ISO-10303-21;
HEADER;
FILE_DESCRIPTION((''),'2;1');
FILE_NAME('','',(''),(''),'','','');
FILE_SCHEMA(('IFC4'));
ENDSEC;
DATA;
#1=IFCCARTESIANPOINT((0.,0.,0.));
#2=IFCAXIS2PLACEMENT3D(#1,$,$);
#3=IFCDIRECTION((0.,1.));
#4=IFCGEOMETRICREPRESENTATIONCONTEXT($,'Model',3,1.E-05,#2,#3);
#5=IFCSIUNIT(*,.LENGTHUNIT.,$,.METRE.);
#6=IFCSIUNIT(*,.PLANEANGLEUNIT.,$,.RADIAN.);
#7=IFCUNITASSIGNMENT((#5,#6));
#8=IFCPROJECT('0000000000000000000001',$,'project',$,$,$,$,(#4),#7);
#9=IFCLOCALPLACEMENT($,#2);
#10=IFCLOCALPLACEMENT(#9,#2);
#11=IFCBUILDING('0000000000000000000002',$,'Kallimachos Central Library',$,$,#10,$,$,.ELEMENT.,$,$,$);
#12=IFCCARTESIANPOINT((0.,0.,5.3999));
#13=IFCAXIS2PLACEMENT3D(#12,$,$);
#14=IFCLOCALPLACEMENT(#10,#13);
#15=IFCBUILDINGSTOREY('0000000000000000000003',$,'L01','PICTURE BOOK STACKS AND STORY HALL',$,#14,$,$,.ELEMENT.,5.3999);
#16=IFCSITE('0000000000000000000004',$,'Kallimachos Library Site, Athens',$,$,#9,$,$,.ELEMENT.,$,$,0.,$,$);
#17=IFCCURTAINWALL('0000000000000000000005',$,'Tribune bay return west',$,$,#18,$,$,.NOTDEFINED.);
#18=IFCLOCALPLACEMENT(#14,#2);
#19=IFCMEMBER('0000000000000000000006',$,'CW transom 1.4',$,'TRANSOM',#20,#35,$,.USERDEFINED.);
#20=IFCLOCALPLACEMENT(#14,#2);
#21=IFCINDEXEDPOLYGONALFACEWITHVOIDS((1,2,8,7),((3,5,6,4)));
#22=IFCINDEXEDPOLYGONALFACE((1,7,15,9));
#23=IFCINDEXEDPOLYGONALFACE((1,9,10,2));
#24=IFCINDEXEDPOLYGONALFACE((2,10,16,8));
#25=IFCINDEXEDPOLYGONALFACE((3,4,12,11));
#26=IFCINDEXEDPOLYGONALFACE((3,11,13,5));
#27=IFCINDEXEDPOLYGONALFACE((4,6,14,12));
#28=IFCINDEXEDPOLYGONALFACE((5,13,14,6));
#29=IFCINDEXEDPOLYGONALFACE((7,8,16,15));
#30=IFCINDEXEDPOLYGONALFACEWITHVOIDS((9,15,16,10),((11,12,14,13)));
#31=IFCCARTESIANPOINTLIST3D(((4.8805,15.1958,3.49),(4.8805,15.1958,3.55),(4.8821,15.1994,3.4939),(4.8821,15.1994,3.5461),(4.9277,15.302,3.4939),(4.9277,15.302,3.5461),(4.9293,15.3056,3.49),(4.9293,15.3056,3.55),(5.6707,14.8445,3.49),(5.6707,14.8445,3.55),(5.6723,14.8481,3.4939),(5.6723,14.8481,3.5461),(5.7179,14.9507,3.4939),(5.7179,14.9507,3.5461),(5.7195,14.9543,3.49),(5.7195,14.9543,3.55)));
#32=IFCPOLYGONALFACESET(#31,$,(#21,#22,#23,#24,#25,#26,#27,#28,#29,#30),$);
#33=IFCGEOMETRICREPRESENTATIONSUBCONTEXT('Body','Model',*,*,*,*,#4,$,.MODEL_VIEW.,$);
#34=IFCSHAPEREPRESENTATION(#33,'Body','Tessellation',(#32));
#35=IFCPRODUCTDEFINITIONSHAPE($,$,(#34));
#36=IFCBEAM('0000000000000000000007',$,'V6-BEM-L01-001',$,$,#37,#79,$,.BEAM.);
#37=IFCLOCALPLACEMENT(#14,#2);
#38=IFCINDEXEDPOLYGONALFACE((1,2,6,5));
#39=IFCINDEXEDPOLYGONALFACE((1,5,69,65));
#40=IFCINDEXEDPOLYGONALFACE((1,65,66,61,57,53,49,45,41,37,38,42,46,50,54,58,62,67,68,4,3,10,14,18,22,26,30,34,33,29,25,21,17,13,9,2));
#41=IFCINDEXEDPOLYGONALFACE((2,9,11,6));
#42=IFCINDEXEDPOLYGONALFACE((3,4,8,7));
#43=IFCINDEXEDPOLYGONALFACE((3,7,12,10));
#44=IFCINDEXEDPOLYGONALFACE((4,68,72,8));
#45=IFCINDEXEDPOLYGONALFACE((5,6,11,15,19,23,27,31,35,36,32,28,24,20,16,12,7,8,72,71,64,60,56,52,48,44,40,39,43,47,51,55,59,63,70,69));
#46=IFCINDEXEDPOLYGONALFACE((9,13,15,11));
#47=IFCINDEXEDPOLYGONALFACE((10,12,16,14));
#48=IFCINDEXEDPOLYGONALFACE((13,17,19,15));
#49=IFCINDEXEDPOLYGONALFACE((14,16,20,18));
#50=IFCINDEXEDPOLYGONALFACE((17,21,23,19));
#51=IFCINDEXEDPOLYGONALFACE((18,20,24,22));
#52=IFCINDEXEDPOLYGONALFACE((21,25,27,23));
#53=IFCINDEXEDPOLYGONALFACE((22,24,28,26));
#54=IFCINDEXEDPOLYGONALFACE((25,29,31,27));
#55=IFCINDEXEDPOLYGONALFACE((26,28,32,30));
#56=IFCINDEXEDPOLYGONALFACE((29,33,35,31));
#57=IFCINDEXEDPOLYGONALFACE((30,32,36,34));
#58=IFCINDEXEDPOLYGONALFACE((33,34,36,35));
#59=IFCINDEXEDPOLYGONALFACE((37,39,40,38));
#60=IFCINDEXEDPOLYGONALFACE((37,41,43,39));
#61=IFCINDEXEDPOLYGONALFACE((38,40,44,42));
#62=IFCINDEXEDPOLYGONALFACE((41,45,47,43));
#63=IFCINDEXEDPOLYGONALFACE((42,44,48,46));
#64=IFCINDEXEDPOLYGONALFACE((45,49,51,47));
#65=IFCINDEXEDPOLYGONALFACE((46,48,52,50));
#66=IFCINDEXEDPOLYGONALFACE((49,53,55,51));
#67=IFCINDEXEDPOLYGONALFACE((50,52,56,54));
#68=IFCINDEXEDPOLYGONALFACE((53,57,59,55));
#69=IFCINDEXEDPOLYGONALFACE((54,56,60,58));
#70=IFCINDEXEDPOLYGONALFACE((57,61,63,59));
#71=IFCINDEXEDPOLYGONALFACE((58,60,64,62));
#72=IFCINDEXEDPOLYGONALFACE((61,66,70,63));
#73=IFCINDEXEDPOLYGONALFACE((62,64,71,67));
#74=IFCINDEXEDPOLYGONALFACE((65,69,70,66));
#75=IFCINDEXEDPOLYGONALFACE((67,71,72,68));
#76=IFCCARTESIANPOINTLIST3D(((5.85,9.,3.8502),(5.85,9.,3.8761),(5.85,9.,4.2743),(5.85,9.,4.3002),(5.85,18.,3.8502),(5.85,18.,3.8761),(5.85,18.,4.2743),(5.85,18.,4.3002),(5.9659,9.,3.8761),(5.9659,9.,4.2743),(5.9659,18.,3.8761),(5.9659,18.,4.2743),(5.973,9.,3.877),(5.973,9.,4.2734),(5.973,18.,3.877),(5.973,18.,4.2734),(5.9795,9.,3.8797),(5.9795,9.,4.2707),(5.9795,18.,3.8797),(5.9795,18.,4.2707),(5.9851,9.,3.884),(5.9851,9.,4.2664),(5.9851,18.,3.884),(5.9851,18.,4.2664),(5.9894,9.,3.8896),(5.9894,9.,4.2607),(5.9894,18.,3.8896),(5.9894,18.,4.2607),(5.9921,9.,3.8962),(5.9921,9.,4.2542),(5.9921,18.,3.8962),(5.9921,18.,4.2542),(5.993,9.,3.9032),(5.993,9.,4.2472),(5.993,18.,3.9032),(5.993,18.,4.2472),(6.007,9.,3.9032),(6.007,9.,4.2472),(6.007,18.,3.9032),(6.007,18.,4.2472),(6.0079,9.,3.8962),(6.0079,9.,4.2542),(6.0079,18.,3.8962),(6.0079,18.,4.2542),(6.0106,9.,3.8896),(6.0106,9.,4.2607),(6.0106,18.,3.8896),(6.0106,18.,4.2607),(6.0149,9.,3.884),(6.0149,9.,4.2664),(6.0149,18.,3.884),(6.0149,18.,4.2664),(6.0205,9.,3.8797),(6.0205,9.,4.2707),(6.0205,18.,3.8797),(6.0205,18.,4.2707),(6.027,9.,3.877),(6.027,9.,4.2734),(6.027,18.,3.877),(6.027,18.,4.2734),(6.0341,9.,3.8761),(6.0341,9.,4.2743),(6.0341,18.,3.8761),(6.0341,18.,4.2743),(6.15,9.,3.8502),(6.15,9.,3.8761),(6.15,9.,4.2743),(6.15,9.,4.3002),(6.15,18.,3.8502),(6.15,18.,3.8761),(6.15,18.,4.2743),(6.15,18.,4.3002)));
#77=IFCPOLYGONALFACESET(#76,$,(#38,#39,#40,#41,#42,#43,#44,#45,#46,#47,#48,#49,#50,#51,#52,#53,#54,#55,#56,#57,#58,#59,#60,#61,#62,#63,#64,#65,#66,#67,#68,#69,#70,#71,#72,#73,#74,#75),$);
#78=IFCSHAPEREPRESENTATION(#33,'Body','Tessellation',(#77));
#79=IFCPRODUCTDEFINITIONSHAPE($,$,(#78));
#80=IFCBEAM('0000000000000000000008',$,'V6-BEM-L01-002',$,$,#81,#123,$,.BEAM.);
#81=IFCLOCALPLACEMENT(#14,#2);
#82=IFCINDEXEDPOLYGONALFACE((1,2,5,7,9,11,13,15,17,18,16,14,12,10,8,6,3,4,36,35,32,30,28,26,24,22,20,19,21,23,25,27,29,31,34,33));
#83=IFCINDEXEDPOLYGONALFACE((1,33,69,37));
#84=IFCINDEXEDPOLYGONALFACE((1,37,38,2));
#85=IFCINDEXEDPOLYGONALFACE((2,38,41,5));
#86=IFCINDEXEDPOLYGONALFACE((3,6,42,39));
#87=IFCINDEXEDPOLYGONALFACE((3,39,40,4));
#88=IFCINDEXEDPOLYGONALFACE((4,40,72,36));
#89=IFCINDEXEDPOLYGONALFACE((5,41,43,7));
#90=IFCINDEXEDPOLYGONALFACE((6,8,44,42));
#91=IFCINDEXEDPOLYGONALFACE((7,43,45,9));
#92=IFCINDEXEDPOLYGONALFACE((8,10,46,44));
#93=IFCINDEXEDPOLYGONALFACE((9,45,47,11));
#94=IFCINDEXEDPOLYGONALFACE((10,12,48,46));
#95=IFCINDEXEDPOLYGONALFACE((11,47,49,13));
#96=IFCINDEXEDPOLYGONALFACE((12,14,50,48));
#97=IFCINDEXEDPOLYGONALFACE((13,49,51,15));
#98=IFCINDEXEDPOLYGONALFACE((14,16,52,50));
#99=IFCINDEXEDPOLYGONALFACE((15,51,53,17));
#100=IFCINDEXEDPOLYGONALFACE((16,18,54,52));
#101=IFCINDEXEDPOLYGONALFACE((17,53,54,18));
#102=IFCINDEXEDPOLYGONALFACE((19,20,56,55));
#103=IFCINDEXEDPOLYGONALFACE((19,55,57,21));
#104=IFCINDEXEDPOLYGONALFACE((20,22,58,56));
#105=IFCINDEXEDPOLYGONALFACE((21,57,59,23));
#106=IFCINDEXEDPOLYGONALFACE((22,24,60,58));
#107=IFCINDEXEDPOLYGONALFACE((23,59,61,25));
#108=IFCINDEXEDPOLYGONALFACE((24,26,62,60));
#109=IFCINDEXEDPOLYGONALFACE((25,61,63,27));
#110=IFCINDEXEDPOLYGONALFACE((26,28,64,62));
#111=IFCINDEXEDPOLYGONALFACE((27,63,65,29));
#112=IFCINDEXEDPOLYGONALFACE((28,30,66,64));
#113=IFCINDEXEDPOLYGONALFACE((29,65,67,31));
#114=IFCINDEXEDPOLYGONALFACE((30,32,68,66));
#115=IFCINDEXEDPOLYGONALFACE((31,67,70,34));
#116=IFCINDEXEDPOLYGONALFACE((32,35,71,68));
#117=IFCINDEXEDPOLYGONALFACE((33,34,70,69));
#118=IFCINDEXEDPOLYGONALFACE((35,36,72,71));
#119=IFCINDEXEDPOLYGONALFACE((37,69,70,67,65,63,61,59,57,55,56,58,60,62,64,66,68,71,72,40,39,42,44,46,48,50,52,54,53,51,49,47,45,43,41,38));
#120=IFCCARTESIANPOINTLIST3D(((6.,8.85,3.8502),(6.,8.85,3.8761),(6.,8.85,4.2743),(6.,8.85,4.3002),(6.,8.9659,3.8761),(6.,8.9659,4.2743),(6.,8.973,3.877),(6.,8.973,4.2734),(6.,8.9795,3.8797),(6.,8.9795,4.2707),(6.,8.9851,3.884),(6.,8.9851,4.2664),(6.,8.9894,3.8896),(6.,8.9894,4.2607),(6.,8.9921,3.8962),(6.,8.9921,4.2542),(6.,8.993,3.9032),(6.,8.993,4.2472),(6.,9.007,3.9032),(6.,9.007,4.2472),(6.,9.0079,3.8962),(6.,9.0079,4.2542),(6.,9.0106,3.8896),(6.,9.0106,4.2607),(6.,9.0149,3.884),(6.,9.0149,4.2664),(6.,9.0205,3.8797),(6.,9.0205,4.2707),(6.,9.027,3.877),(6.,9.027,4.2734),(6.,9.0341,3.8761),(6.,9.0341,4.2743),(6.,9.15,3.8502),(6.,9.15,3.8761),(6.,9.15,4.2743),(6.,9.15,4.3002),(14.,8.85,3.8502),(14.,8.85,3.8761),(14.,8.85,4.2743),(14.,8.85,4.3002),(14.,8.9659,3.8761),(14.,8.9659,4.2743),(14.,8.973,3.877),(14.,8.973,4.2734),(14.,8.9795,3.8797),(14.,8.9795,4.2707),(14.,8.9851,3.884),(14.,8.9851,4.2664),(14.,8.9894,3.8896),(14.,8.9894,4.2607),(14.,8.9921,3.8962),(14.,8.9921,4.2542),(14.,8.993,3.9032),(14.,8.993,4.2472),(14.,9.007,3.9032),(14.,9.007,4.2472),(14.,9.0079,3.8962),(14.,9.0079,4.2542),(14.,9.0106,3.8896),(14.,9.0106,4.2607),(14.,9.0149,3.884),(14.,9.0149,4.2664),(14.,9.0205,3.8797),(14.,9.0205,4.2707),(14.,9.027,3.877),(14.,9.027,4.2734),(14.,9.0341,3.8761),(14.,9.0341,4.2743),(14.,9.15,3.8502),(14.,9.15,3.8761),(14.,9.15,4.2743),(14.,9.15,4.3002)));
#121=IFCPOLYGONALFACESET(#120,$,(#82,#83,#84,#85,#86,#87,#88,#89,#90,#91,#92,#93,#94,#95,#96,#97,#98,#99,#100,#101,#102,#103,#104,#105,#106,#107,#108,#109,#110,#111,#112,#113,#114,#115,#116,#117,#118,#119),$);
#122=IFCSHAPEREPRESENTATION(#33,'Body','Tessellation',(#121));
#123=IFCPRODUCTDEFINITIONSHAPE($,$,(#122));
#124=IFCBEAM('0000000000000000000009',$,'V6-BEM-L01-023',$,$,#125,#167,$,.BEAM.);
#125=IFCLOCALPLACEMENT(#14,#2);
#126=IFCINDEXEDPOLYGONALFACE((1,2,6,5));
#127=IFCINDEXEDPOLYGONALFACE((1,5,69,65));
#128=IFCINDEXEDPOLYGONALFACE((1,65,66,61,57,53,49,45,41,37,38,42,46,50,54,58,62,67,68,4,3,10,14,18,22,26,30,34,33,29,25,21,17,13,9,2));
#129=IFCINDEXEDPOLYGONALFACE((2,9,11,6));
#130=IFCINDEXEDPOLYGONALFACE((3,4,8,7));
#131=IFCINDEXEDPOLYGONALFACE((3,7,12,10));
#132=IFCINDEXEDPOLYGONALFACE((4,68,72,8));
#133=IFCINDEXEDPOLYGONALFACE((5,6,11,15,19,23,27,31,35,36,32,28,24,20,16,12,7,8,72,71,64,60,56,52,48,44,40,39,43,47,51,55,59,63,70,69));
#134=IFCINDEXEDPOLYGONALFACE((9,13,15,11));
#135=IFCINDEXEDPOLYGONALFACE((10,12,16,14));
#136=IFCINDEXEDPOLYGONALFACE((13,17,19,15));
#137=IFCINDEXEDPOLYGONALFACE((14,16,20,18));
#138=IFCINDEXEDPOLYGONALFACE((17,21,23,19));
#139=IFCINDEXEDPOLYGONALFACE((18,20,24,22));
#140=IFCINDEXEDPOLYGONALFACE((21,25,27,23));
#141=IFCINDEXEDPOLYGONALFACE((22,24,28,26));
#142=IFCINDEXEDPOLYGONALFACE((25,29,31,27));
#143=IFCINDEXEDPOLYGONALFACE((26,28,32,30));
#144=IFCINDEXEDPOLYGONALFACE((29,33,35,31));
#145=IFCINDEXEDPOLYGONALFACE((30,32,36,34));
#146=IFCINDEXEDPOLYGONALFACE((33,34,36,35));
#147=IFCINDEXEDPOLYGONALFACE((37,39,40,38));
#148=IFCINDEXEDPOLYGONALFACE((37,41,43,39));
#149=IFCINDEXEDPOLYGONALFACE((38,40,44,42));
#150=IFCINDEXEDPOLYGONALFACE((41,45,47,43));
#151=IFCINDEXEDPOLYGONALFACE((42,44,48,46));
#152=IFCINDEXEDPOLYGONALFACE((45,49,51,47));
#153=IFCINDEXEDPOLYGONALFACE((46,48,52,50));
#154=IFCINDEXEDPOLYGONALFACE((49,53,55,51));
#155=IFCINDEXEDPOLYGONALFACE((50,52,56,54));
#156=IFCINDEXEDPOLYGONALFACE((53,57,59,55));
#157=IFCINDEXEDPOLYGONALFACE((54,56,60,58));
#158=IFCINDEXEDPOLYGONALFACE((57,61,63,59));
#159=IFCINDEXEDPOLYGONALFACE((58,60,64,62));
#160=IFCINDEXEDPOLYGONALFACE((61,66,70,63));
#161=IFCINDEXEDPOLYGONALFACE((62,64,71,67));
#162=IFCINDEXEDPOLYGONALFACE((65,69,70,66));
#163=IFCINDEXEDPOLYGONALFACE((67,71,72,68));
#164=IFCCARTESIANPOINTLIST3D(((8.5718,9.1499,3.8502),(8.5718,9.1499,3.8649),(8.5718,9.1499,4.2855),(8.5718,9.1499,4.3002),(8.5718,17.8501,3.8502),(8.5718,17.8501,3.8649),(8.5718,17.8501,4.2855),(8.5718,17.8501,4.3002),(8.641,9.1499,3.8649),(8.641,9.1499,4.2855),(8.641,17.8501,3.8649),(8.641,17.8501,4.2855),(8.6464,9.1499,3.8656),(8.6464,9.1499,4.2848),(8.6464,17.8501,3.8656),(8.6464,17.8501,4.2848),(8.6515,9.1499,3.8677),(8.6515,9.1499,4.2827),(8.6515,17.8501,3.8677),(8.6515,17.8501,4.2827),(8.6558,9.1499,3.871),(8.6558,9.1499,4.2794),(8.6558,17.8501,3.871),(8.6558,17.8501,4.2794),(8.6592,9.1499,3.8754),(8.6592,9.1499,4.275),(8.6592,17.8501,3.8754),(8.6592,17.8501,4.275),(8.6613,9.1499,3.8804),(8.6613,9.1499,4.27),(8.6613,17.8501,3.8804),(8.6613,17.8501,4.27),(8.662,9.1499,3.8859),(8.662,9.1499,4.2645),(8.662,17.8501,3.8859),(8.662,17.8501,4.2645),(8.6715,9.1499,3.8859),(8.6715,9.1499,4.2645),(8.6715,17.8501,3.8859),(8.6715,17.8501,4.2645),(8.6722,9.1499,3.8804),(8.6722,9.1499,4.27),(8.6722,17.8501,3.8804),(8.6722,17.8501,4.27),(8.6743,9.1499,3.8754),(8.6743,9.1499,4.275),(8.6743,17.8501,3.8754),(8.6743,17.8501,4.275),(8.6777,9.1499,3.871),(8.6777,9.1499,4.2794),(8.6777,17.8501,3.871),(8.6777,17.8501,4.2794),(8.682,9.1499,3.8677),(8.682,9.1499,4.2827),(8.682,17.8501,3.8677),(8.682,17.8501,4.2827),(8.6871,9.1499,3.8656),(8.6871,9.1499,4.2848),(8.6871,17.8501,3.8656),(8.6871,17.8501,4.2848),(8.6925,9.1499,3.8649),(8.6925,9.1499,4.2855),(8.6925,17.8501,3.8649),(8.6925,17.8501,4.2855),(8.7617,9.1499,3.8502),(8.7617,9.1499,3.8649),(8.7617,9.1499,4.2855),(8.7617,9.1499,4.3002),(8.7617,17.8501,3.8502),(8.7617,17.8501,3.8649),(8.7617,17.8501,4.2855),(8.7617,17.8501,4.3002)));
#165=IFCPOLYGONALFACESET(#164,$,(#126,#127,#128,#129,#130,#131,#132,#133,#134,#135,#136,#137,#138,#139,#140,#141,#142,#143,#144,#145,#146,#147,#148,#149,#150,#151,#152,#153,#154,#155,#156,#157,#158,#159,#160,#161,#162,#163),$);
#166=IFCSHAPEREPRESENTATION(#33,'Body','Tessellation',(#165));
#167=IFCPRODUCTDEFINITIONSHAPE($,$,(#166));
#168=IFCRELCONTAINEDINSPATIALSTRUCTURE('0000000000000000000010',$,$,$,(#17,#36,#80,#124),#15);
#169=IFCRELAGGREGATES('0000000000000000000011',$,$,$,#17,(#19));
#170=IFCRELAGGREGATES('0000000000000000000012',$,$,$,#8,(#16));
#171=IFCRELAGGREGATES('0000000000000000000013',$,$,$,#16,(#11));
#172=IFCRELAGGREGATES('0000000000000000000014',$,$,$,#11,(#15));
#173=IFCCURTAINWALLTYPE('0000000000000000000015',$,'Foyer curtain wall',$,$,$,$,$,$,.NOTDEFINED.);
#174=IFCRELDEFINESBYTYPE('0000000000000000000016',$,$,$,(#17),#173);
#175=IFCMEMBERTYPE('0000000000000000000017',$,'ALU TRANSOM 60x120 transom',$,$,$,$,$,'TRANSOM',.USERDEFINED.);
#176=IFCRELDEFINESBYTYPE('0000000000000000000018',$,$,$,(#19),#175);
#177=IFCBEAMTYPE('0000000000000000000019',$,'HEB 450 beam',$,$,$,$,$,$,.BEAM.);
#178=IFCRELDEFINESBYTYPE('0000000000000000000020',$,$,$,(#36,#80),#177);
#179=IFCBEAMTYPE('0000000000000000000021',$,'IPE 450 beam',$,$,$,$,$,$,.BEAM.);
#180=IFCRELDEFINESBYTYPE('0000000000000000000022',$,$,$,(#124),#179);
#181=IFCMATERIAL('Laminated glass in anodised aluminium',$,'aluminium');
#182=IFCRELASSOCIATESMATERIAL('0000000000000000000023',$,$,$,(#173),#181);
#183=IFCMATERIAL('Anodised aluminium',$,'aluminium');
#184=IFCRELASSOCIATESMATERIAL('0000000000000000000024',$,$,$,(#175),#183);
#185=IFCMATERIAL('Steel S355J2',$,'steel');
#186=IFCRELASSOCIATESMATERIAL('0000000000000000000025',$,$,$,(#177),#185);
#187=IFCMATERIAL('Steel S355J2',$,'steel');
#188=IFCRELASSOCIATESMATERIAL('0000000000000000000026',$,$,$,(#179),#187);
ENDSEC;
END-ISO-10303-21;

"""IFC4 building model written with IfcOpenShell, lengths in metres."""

from ifc_helpers import new_model, si_unit, direction, frame, origin, origin_2d, place, context, subcontext, project, spatial, hollow_rectangle, i_section, extrude, material, material_profile, profile_set, type_object, element, aggregate, save


model = new_model("IFC4")

# Units and contexts
model_context = context("Model", 3, precision=1e-05, world=origin(), true_north=direction((0.0, 1.0)))
body_context = subcontext(model_context, "Body", "Model", "MODEL_VIEW")
ifc_project = project(units=[si_unit("LENGTHUNIT", "METRE"), si_unit("PLANEANGLEUNIT", "RADIAN")], contexts=[model_context])

# Site, building, storey
site_placement = place(None, origin())
site = spatial("IfcSite", under=ifc_project, at=site_placement, Name="Kallimachos Library Site, Athens", CompositionType="ELEMENT", RefElevation=0.0)
building_placement = place(site_placement, origin())
building = spatial("IfcBuilding", under=site, at=building_placement, Name="Kallimachos Central Library", CompositionType="ELEMENT")
storey_placement = place(building_placement, frame((0.0, 0.0, 5.3999)))
storey = spatial("IfcBuildingStorey", under=building, at=storey_placement, Name="L01", Description="PICTURE BOOK STACKS AND STORY HALL", CompositionType="ELEMENT", Elevation=5.3999)

# Shared definitions
ifc_material_1 = material(Name="Laminated glass in anodised aluminium", Category="aluminium")
curtain_wall_type = type_object("IfcCurtainWallType", Name="Foyer curtain wall", PredefinedType="NOTDEFINED", material=ifc_material_1)

# Curtain wall
curtain_wall_1_placement = place(storey_placement, origin())
curtain_wall_1 = element("IfcCurtainWall", 1, at=curtain_wall_1_placement, inside=storey, type_object=curtain_wall_type, Name="Tribune bay return west", PredefinedType="NOTDEFINED")

# Member
ifc_material_2 = material(Name="Anodised aluminium", Category="aluminium")
ifc_material_profile_1 = material_profile(ifc_material_2, hollow_rectangle(XDim=0.0601, YDim=0.1201, WallThickness=0.0039, at=origin_2d()), Name="ALU TRANSOM 60x120")
ifc_profile_set_1 = profile_set([ifc_material_profile_1], Name="Anodised aluminium")
member_type_1 = type_object("IfcMemberType", Name="ALU TRANSOM 60x120 transom", ElementType="TRANSOM", PredefinedType="USERDEFINED", material=ifc_profile_set_1)
member_1_placement = place(storey_placement, frame((5.6951, 14.8994, 3.52), z_axis=(-0.913777, 0.406217, 0.0), x_axis=(0.0, 0.0, 1.0)))
member_1 = element("IfcMember", 2, at=member_1_placement, type_object=member_type_1, Name="CW transom 1.4", ObjectType="TRANSOM", PredefinedType="USERDEFINED", context=body_context, shape_type="SweptSolid", body=[
    extrude(hollow_rectangle(XDim=0.0601, YDim=0.1201, WallThickness=0.0039, at=origin_2d()), origin(), (0.0, 0.0, 1.0), 0.8647),
])

# Beams
ifc_material_3 = material(Name="Steel S355J2", Category="steel")
ifc_material_profile_2 = material_profile(ifc_material_3, i_section(OverallWidth=0.3, OverallDepth=0.45, WebThickness=0.0139, FlangeThickness=0.0259, FilletRadius=0.0271, at=origin_2d()), Name="HEB 450")
ifc_profile_set_2 = profile_set([ifc_material_profile_2], Name="Steel S355J2")
beam_type_1 = type_object("IfcBeamType", Name="HEB 450 beam", PredefinedType="BEAM", material=ifc_profile_set_2)
beam_1_placement = place(storey_placement, frame((6.0, 9.0, 4.0752), z_axis=(0.0, 1.0, 0.0), x_axis=(-1.0, 0.0, 0.0)))
element("IfcBeam", 3, at=beam_1_placement, inside=storey, type_object=beam_type_1, Name="V6-BEM-L01-001", PredefinedType="BEAM", context=body_context, shape_type="SweptSolid", body=[
    extrude(i_section(OverallWidth=0.3, OverallDepth=0.45, WebThickness=0.0139, FlangeThickness=0.0259, FilletRadius=0.0271, at=origin_2d()), origin(), (0.0, 0.0, 1.0), 9.0),
])
beam_2_placement = place(storey_placement, frame((6.0, 9.0, 4.0752), z_axis=(1.0, 0.0, 0.0), x_axis=(0.0, 1.0, 0.0)))
element("IfcBeam", 4, at=beam_2_placement, inside=storey, type_object=beam_type_1, Name="V6-BEM-L01-002", PredefinedType="BEAM", context=body_context, shape_type="SweptSolid", body=[
    extrude(i_section(OverallWidth=0.3, OverallDepth=0.45, WebThickness=0.0139, FlangeThickness=0.0259, FilletRadius=0.0271, at=origin_2d()), origin(), (0.0, 0.0, 1.0), 8.0),
])
ifc_material_4 = material(Name="Steel S355J2", Category="steel")
ifc_material_profile_3 = material_profile(ifc_material_4, i_section(OverallWidth=0.1899, OverallDepth=0.45, WebThickness=0.0095, FlangeThickness=0.0146, FilletRadius=0.021, at=origin_2d()), Name="IPE 450")
ifc_profile_set_3 = profile_set([ifc_material_profile_3], Name="Steel S355J2")
beam_type_2 = type_object("IfcBeamType", Name="IPE 450 beam", PredefinedType="BEAM", material=ifc_profile_set_3)
for number, where, z_axis, x_axis, name in (
    (5, (8.6667, 9.1499, 4.0752), (0.0, 1.0, 0.0), (-1.0, 0.0, 0.0), "V6-BEM-L01-023"),
):
    element("IfcBeam", number, at=place(storey_placement, frame(where, z_axis=z_axis, x_axis=x_axis)), inside=storey, type_object=beam_type_2, Name=name, PredefinedType="BEAM", context=body_context, shape_type="SweptSolid", body=[
        extrude(i_section(OverallWidth=0.1899, OverallDepth=0.45, WebThickness=0.0095, FlangeThickness=0.0146, FilletRadius=0.021, at=origin_2d()), origin(), (0.0, 0.0, 1.0), 8.7002),
    ])

aggregate(curtain_wall_1, [member_1])

save(model, "model.ifc")
